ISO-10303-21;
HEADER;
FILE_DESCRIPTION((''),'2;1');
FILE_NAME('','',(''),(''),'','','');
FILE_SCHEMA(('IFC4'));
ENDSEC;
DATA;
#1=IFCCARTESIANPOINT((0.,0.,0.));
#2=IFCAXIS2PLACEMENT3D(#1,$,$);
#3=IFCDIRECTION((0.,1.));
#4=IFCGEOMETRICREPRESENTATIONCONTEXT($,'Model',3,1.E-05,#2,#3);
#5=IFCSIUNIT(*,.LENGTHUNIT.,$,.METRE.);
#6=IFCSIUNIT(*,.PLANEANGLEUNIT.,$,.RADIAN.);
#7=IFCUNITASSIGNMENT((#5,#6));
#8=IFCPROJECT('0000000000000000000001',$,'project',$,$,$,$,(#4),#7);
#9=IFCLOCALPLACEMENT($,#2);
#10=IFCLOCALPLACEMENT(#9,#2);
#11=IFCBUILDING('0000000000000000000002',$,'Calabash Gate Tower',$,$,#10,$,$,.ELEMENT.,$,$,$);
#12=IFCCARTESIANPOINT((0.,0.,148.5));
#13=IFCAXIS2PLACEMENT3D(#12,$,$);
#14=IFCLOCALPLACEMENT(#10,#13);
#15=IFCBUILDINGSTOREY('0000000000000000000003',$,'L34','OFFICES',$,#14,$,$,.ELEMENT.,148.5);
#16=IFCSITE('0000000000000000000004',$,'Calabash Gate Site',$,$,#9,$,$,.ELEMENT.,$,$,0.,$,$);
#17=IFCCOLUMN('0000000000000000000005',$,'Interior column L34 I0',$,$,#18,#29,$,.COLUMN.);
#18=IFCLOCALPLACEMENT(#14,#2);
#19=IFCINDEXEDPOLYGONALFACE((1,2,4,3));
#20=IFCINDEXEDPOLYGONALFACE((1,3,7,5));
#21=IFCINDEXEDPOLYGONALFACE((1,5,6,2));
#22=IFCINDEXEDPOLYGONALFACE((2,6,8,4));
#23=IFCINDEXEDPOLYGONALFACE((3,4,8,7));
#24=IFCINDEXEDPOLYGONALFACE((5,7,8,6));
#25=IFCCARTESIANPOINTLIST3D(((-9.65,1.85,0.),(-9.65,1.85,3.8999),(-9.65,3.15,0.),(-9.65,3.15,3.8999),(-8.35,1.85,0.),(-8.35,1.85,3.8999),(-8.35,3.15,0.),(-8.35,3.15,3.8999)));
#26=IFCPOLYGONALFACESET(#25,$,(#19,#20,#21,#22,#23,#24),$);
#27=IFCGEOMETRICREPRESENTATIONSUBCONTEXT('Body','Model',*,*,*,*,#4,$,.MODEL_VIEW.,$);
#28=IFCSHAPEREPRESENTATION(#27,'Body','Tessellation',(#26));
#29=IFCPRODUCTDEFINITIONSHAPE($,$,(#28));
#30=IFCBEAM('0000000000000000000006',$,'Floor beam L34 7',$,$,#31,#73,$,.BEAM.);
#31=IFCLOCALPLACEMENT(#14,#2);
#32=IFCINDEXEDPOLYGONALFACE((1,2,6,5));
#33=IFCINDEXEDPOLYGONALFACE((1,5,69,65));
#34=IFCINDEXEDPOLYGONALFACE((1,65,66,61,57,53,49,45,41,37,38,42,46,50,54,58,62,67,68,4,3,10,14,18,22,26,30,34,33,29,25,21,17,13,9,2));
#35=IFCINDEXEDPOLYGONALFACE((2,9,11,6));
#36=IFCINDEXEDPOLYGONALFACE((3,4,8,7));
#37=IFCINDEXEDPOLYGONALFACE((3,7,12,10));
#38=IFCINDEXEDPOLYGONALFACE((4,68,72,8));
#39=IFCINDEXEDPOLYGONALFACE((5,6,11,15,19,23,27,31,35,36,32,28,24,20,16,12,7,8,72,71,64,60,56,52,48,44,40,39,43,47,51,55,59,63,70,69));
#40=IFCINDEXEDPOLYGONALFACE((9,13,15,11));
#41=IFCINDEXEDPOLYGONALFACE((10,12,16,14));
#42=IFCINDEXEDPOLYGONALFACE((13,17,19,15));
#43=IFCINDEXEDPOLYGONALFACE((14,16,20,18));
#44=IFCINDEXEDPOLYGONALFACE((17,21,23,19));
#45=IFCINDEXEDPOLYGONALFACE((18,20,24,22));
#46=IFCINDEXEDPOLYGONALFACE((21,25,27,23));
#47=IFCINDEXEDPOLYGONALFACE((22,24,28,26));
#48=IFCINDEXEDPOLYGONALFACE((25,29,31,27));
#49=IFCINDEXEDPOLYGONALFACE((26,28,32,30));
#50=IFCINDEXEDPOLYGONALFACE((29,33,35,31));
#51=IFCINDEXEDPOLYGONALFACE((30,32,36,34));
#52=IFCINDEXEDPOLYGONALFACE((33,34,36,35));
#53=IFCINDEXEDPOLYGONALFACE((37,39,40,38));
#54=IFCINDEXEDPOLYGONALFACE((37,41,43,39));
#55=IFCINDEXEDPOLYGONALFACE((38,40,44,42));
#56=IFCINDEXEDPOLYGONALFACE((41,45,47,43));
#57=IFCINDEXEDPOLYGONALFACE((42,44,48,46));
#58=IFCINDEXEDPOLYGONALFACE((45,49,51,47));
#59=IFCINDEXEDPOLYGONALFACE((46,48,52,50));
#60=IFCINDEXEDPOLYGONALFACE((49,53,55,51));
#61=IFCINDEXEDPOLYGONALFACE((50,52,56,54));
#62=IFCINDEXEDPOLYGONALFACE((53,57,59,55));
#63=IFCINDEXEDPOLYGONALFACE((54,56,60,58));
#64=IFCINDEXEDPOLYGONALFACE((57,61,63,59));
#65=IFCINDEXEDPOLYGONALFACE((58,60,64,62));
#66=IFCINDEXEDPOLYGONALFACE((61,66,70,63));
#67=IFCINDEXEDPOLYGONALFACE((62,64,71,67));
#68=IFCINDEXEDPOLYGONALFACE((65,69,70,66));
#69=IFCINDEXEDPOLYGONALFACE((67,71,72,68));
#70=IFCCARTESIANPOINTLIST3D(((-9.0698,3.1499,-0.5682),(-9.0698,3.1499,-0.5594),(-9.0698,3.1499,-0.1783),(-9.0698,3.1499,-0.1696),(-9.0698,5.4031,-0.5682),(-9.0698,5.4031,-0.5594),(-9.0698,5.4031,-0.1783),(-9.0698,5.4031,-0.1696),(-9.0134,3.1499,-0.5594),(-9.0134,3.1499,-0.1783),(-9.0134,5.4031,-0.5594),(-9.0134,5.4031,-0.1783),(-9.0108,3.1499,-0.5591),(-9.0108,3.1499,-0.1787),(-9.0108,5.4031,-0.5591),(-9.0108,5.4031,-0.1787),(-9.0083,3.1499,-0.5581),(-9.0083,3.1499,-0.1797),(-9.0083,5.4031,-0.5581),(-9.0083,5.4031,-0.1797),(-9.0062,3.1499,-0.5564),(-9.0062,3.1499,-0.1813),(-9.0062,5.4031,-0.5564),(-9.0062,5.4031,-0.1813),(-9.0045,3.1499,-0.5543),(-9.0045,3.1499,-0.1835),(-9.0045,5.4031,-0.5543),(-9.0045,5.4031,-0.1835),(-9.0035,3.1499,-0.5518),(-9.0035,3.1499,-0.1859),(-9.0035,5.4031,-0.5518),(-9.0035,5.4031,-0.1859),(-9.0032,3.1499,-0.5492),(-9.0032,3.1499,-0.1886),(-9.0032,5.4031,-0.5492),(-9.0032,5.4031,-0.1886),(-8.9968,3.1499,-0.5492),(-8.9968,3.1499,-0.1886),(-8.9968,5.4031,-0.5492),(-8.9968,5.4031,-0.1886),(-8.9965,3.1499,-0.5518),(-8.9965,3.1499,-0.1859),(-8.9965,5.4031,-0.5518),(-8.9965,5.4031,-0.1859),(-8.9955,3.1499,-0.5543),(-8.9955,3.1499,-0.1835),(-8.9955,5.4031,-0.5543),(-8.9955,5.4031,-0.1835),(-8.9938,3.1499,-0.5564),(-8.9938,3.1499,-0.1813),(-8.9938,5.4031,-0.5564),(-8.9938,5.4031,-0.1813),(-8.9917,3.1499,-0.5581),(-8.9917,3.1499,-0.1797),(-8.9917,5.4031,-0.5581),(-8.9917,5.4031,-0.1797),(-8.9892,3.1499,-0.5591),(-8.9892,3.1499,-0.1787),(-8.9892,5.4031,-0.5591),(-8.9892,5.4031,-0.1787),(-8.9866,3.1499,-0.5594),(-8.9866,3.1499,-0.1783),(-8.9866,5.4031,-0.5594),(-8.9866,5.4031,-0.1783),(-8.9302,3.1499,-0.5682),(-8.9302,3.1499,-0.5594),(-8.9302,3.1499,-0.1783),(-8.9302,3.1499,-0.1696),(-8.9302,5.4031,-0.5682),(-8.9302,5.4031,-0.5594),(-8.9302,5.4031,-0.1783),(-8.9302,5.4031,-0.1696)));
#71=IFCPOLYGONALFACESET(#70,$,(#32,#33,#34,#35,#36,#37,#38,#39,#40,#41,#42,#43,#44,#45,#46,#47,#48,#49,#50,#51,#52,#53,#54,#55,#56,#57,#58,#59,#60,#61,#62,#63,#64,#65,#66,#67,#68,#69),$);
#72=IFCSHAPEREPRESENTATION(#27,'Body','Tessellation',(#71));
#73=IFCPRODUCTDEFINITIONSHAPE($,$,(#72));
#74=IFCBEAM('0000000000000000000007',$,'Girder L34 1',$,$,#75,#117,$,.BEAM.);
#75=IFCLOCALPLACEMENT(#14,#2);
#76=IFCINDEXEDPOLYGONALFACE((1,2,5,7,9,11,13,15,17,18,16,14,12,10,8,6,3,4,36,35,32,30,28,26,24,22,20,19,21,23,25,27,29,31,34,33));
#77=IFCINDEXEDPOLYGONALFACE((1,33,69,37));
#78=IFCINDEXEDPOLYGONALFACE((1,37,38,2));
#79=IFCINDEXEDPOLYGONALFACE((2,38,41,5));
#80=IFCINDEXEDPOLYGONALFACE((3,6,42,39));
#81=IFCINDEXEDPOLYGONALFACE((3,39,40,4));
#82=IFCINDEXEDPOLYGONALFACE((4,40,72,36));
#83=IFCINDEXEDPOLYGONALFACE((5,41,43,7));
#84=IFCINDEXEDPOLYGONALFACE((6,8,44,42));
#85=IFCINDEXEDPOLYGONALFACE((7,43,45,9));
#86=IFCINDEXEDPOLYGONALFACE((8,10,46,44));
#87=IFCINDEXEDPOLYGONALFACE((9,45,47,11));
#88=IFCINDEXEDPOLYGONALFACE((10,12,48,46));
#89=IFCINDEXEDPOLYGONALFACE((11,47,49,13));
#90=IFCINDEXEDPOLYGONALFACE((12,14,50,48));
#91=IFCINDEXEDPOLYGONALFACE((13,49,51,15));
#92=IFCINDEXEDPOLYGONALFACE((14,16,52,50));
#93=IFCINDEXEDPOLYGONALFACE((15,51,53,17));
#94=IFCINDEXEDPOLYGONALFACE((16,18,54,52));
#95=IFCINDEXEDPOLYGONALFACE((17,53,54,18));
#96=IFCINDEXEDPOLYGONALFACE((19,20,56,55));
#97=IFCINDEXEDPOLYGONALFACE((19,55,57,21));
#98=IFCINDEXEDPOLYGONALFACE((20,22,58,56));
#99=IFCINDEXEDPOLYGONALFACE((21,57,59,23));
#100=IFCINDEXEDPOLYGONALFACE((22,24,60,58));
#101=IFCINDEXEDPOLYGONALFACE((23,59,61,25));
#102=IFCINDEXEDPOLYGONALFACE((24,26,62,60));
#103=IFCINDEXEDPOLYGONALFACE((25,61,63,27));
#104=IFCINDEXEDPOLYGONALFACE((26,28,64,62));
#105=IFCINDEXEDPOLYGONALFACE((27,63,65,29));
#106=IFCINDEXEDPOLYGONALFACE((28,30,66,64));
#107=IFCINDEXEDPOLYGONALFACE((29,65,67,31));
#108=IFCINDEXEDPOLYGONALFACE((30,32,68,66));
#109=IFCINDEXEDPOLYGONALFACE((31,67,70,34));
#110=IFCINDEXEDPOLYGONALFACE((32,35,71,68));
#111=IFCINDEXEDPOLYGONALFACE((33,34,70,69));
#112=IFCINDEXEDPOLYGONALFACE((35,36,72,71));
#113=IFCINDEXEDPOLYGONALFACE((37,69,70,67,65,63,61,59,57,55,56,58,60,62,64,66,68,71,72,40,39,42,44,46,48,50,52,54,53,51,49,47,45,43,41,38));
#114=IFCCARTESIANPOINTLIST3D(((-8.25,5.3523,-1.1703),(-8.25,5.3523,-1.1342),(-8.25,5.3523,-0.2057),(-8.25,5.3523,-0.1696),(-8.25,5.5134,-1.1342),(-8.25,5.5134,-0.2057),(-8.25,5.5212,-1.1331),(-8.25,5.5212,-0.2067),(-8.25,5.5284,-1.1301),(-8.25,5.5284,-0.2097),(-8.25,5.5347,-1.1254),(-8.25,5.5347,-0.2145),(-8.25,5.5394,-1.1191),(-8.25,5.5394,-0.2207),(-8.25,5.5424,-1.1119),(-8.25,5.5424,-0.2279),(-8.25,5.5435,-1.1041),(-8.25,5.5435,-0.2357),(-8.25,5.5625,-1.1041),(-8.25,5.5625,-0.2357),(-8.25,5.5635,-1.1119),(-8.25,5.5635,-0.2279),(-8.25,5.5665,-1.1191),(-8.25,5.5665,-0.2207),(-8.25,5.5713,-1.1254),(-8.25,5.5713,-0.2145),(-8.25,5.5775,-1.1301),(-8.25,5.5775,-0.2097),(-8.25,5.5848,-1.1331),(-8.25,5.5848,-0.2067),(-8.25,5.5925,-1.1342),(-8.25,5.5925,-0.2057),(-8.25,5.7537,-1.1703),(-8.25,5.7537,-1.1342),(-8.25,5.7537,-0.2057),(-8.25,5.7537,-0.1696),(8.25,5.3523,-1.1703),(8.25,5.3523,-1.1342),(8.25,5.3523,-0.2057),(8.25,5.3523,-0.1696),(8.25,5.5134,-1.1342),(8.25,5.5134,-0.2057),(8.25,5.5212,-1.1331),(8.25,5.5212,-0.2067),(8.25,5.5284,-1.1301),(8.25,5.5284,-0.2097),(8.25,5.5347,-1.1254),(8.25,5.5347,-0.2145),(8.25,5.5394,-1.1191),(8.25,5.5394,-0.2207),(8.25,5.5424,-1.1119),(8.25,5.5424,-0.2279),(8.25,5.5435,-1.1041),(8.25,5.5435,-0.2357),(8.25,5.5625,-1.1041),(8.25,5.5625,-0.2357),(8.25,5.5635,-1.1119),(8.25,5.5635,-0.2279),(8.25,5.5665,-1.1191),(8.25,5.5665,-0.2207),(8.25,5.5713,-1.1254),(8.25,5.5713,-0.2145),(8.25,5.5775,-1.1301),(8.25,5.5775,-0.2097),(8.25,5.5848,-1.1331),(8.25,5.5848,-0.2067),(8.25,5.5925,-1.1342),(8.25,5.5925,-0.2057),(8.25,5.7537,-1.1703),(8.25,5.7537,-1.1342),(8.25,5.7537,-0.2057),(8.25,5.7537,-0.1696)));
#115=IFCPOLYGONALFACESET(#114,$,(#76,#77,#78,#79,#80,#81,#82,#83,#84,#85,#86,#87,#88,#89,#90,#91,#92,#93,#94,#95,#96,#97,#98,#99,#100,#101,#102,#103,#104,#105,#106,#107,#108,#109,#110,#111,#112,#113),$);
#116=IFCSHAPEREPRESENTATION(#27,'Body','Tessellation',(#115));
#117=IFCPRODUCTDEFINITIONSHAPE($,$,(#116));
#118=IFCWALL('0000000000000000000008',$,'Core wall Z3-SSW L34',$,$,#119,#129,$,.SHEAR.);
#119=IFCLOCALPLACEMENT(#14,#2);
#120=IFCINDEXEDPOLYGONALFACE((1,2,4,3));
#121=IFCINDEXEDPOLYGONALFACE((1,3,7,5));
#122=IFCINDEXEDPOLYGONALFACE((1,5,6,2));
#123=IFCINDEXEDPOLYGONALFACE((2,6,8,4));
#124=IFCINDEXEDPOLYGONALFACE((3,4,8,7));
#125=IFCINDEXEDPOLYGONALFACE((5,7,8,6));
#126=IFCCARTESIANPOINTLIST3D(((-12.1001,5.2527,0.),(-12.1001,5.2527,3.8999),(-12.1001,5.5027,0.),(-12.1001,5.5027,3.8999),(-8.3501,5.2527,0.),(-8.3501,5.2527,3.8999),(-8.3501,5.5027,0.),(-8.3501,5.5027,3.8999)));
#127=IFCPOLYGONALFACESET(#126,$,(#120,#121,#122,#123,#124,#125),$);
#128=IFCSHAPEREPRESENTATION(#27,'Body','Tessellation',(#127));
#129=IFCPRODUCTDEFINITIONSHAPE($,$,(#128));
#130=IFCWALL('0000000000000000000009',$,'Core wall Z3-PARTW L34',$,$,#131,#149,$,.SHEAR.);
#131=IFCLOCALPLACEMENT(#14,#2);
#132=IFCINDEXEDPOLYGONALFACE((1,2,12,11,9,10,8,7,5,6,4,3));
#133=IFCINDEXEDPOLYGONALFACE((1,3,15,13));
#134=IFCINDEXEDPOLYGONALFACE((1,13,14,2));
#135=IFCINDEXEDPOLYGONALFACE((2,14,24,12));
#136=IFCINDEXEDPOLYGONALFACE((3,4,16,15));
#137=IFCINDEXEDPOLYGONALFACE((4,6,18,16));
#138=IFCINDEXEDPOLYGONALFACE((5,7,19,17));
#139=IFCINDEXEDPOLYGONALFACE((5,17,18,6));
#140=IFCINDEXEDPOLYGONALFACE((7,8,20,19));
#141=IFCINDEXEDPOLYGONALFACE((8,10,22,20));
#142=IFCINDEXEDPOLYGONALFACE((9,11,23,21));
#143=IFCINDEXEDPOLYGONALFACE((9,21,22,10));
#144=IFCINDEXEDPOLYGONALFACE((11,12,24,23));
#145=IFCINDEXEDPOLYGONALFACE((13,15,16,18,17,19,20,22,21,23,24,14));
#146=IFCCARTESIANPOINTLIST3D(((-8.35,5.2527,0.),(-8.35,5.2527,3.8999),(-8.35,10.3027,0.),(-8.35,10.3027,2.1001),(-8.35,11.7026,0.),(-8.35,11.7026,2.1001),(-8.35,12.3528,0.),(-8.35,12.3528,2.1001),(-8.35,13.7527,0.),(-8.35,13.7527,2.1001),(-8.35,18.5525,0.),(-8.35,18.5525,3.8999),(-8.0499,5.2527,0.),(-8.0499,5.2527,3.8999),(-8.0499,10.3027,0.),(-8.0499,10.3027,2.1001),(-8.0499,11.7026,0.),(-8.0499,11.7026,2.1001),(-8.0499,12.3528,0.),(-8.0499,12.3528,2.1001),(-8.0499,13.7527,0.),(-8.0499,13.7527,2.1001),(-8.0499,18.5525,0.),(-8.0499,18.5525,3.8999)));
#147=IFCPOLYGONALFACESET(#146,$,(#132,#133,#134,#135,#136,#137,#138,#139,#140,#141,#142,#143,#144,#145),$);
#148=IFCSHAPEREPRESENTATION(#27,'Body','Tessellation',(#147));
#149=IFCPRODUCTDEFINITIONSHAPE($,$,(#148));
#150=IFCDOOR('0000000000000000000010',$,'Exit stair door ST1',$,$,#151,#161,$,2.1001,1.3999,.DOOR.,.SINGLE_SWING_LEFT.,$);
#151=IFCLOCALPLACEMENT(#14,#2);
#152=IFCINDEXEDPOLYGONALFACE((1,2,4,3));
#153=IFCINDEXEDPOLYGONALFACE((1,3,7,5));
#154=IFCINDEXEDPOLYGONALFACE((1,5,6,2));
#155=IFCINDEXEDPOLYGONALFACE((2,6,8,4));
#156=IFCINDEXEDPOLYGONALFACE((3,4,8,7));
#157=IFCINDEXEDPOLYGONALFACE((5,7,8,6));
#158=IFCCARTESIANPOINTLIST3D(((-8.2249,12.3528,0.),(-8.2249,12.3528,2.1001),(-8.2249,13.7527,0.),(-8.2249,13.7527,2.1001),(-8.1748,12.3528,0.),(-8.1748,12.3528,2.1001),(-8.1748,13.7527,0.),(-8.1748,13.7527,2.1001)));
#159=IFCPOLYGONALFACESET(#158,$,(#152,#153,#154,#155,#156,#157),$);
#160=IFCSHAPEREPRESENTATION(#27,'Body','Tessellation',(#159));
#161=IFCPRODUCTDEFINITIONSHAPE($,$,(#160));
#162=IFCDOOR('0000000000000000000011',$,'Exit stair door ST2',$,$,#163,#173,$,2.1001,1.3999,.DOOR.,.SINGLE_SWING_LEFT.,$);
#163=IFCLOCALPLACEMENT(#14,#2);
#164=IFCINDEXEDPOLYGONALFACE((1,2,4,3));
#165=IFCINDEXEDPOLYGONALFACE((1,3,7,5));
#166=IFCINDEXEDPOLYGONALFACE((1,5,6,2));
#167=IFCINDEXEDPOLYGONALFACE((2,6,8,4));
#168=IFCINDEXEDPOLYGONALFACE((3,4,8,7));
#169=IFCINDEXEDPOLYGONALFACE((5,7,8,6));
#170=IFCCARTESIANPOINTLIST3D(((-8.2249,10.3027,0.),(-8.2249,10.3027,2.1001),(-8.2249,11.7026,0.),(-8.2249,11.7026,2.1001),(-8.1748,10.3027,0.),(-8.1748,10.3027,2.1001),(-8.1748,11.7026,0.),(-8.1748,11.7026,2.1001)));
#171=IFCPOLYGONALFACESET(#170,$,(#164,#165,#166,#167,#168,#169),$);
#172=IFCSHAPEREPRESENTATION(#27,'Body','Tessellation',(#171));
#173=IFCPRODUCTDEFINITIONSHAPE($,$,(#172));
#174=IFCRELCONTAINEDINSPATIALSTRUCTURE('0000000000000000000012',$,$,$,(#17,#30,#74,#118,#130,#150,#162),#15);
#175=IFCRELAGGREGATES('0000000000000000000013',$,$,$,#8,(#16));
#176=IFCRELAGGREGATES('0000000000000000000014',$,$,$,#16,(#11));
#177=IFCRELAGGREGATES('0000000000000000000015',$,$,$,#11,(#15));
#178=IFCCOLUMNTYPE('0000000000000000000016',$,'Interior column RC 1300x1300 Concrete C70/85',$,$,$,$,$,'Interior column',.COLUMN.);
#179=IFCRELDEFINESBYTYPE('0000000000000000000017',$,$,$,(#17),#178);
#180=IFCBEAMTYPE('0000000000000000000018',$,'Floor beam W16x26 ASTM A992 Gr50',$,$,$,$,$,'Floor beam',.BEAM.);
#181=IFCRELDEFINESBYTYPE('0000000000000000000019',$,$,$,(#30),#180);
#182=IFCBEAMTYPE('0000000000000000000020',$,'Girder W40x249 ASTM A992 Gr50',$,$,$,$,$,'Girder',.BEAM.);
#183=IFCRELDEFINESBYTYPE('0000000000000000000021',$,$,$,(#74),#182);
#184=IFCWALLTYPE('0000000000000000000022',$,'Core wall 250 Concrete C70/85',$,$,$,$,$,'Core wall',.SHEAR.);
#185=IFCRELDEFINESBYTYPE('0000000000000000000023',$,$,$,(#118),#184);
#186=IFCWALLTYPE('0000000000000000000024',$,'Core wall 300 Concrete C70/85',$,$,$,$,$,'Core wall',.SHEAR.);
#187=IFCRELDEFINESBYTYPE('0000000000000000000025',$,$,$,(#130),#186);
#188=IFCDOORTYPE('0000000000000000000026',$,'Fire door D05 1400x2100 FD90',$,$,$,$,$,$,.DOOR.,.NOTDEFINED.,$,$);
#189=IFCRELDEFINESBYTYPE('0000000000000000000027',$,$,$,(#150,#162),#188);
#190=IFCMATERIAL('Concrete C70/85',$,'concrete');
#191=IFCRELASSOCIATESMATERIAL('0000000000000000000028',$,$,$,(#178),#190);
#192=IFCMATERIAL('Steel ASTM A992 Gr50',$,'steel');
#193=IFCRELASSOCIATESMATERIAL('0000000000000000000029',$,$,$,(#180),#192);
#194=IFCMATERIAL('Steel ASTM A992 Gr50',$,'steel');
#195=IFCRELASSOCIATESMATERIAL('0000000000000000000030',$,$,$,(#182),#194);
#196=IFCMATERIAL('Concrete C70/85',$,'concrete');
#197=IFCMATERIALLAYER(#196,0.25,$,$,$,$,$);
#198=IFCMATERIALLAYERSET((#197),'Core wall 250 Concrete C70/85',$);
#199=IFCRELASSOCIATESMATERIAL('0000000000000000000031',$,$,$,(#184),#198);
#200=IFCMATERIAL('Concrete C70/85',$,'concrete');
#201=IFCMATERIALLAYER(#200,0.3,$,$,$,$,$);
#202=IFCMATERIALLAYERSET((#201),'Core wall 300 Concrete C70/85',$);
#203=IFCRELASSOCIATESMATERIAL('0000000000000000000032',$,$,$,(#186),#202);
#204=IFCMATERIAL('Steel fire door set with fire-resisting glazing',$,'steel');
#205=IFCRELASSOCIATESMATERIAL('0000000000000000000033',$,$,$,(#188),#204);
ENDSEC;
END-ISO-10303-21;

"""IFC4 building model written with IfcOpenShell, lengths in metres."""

from ifc_helpers import new_model, si_unit, direction, frame, frame_2d, origin, origin_2d, place, context, subcontext, project, spatial, rectangle, i_section, extrude, material, layer, layer_set, material_profile, profile_set, type_object, element, fill, save


model = new_model("IFC4")

# Units and contexts
model_context = context("Model", 3, precision=1e-05, world=origin(), true_north=direction((0.0, 1.0)))
body_context = subcontext(model_context, "Body", "Model", "MODEL_VIEW")
ifc_project = project(units=[si_unit("LENGTHUNIT", "METRE"), si_unit("PLANEANGLEUNIT", "RADIAN")], contexts=[model_context])

# Site, building, storey
site_placement = place(None, origin())
site = spatial("IfcSite", under=ifc_project, at=site_placement, Name="Calabash Gate Site", CompositionType="ELEMENT", RefElevation=0.0)
building_placement = place(site_placement, origin())
building = spatial("IfcBuilding", under=site, at=building_placement, Name="Calabash Gate Tower", CompositionType="ELEMENT")
storey_placement = place(building_placement, frame((0.0, 0.0, 148.5)))
storey = spatial("IfcBuildingStorey", under=building, at=storey_placement, Name="L34", Description="OFFICES", CompositionType="ELEMENT", Elevation=148.5)

# Column
ifc_material_1 = material(Name="Concrete C70/85", Category="concrete")
ifc_material_profile_1 = material_profile(ifc_material_1, rectangle(XDim=1.3, YDim=1.3, at=origin_2d()))
ifc_profile_set_1 = profile_set([ifc_material_profile_1], Name="Concrete C70/85")
column_type = type_object("IfcColumnType", Name="Interior column RC 1300x1300 Concrete C70/85", ElementType="Interior column", PredefinedType="COLUMN", material=ifc_profile_set_1)
column_placement = place(storey_placement, frame((-9.0, 2.5, 0.0), z_axis=(0.0, 0.0, 1.0), x_axis=(1.0, 0.0, 0.0)))
element("IfcColumn", 1, at=column_placement, inside=storey, type_object=column_type, Name="Interior column L34 I0", PredefinedType="COLUMN", context=body_context, shape_type="SweptSolid", body=[
    extrude(rectangle(XDim=1.3, YDim=1.3, at=origin_2d()), origin(), (0.0, 0.0, 1.0), 3.8999),
])

# Beams
ifc_material_2 = material(Name="Steel ASTM A992 Gr50", Category="steel")
ifc_material_profile_2 = material_profile(ifc_material_2, i_section(OverallWidth=0.1396, OverallDepth=0.3987, WebThickness=0.0063, FlangeThickness=0.0088, FilletRadius=0.0103, at=origin_2d()))
ifc_profile_set_2 = profile_set([ifc_material_profile_2], Name="Steel ASTM A992 Gr50")
beam_type_1 = type_object("IfcBeamType", Name="Floor beam W16x26 ASTM A992 Gr50", ElementType="Floor beam", PredefinedType="BEAM", material=ifc_profile_set_2)
beam_1_placement = place(storey_placement, frame((-9.0, 3.1499, -0.3689), z_axis=(0.0, 1.0, 0.0), x_axis=(-1.0, 0.0, 0.0)))
element("IfcBeam", 2, at=beam_1_placement, inside=storey, type_object=beam_type_1, Name="Floor beam L34 7", PredefinedType="BEAM", context=body_context, shape_type="SweptSolid", body=[
    extrude(i_section(OverallWidth=0.1396, OverallDepth=0.3987, WebThickness=0.0063, FlangeThickness=0.0088, FilletRadius=0.0103, at=origin_2d()), origin(), (0.0, 0.0, 1.0), 2.2532),
])
ifc_material_3 = material(Name="Steel ASTM A992 Gr50", Category="steel")
ifc_material_profile_3 = material_profile(ifc_material_3, i_section(OverallWidth=0.4014, OverallDepth=1.0007, WebThickness=0.019, FlangeThickness=0.0361, FilletRadius=0.03, at=origin_2d()))
ifc_profile_set_3 = profile_set([ifc_material_profile_3], Name="Steel ASTM A992 Gr50")
beam_type_2 = type_object("IfcBeamType", Name="Girder W40x249 ASTM A992 Gr50", ElementType="Girder", PredefinedType="BEAM", material=ifc_profile_set_3)
beam_2_placement = place(storey_placement, frame((-8.25, 5.553, -0.6699), z_axis=(1.0, 0.0, 0.0), x_axis=(0.0, 1.0, 0.0)))
element("IfcBeam", 3, at=beam_2_placement, inside=storey, type_object=beam_type_2, Name="Girder L34 1", PredefinedType="BEAM", context=body_context, shape_type="SweptSolid", body=[
    extrude(i_section(OverallWidth=0.4014, OverallDepth=1.0007, WebThickness=0.019, FlangeThickness=0.0361, FilletRadius=0.03, at=origin_2d()), origin(), (0.0, 0.0, 1.0), 16.5),
])

# Wall
ifc_material_4 = material(Name="Concrete C70/85", Category="concrete")
ifc_layer_1 = layer(ifc_material_4, 0.25)
ifc_layer_set_1 = layer_set([ifc_layer_1], Name="Core wall 250 Concrete C70/85")
wall_type_1 = type_object("IfcWallType", Name="Core wall 250 Concrete C70/85", ElementType="Core wall", PredefinedType="SHEAR", material=ifc_layer_set_1)
wall_1_placement = place(storey_placement, frame((-12.1001, 5.3777, 0.0), z_axis=(0.0, 0.0, 1.0), x_axis=(1.0, 0.0, 0.0)))
element("IfcWall", 4, at=wall_1_placement, inside=storey, type_object=wall_type_1, Name="Core wall Z3-SSW L34", PredefinedType="SHEAR", context=body_context, shape_type="SweptSolid", body=[
    extrude(rectangle(XDim=3.75, YDim=0.25, at=frame_2d((1.875, 0.0))), origin(), (0.0, 0.0, 1.0), 3.8999),
])

# Wall, openings, doors
ifc_material_5 = material(Name="Concrete C70/85", Category="concrete")
ifc_layer_2 = layer(ifc_material_5, 0.3)
ifc_layer_set_2 = layer_set([ifc_layer_2], Name="Core wall 300 Concrete C70/85")
wall_type_2 = type_object("IfcWallType", Name="Core wall 300 Concrete C70/85", ElementType="Core wall", PredefinedType="SHEAR", material=ifc_layer_set_2)
wall_2_placement = place(storey_placement, frame((-8.2, 5.2527, 0.0), z_axis=(0.0, 0.0, 1.0), x_axis=(0.0, 1.0, 0.0)))
wall_2 = element("IfcWall", 5, at=wall_2_placement, inside=storey, type_object=wall_type_2, Name="Core wall Z3-PARTW L34", PredefinedType="SHEAR", context=body_context, shape_type="SweptSolid", body=[
    extrude(rectangle(XDim=13.2998, YDim=0.3, at=frame_2d((6.6499, 0.0))), origin(), (0.0, 0.0, 1.0), 3.8999),
])
opening_1_placement = place(wall_2_placement, frame((7.1001, 0.0, 0.0)))
opening_1 = element("IfcOpeningElement", 6, at=opening_1_placement, cuts=wall_2, PredefinedType="OPENING", context=body_context, shape_type="SweptSolid", body=[
    extrude(rectangle(XDim=1.3999, YDim=2.1001, at=frame_2d((0.7, 1.05))), frame((0.0, 0.1599, 0.0), z_axis=(0.0, -1.0, 0.0), x_axis=(1.0, 0.0, 0.0)), (0.0, 0.0, 1.0), 0.3201),
])
opening_2_placement = place(wall_2_placement, frame((5.05, 0.0, 0.0)))
opening_2 = element("IfcOpeningElement", 7, at=opening_2_placement, cuts=wall_2, PredefinedType="OPENING", context=body_context, shape_type="SweptSolid", body=[
    extrude(rectangle(XDim=1.3999, YDim=2.1001, at=frame_2d((0.7, 1.05))), frame((0.0, 0.1599, 0.0), z_axis=(0.0, -1.0, 0.0), x_axis=(1.0, 0.0, 0.0)), (0.0, 0.0, 1.0), 0.3201),
])
ifc_material_6 = material(Name="Steel fire door set with fire-resisting glazing", Category="steel")
door_type_1 = type_object("IfcDoorType", Name="Fire door D05 1400x2100 FD90", OperationType="NOTDEFINED", PredefinedType="DOOR", material=ifc_material_6)
door_1_placement = place(opening_1_placement, origin())
door_1 = element("IfcDoor", 8, at=door_1_placement, inside=storey, type_object=door_type_1, Name="Exit stair door ST1", OperationType="SINGLE_SWING_LEFT", OverallHeight=2.1001, OverallWidth=1.3999, PredefinedType="DOOR", context=body_context, shape_type="SweptSolid", body=[
    extrude(rectangle(XDim=1.3999, YDim=2.1001, at=frame_2d((0.7, 1.05))), frame((0.0, 0.0249, 0.0), z_axis=(0.0, -1.0, 0.0), x_axis=(1.0, 0.0, 0.0)), (0.0, 0.0, 1.0), 0.05),
])
fill(opening_1, door_1)
door_2_placement = place(opening_2_placement, origin())
door_2 = element("IfcDoor", 9, at=door_2_placement, inside=storey, type_object=door_type_1, Name="Exit stair door ST2", OperationType="SINGLE_SWING_LEFT", OverallHeight=2.1001, OverallWidth=1.3999, PredefinedType="DOOR", context=body_context, shape_type="SweptSolid", body=[
    extrude(rectangle(XDim=1.3999, YDim=2.1001, at=frame_2d((0.7, 1.05))), frame((0.0, 0.0249, 0.0), z_axis=(0.0, -1.0, 0.0), x_axis=(1.0, 0.0, 0.0)), (0.0, 0.0, 1.0), 0.05),
])
fill(opening_2, door_2)

save(model, "model.ifc")
